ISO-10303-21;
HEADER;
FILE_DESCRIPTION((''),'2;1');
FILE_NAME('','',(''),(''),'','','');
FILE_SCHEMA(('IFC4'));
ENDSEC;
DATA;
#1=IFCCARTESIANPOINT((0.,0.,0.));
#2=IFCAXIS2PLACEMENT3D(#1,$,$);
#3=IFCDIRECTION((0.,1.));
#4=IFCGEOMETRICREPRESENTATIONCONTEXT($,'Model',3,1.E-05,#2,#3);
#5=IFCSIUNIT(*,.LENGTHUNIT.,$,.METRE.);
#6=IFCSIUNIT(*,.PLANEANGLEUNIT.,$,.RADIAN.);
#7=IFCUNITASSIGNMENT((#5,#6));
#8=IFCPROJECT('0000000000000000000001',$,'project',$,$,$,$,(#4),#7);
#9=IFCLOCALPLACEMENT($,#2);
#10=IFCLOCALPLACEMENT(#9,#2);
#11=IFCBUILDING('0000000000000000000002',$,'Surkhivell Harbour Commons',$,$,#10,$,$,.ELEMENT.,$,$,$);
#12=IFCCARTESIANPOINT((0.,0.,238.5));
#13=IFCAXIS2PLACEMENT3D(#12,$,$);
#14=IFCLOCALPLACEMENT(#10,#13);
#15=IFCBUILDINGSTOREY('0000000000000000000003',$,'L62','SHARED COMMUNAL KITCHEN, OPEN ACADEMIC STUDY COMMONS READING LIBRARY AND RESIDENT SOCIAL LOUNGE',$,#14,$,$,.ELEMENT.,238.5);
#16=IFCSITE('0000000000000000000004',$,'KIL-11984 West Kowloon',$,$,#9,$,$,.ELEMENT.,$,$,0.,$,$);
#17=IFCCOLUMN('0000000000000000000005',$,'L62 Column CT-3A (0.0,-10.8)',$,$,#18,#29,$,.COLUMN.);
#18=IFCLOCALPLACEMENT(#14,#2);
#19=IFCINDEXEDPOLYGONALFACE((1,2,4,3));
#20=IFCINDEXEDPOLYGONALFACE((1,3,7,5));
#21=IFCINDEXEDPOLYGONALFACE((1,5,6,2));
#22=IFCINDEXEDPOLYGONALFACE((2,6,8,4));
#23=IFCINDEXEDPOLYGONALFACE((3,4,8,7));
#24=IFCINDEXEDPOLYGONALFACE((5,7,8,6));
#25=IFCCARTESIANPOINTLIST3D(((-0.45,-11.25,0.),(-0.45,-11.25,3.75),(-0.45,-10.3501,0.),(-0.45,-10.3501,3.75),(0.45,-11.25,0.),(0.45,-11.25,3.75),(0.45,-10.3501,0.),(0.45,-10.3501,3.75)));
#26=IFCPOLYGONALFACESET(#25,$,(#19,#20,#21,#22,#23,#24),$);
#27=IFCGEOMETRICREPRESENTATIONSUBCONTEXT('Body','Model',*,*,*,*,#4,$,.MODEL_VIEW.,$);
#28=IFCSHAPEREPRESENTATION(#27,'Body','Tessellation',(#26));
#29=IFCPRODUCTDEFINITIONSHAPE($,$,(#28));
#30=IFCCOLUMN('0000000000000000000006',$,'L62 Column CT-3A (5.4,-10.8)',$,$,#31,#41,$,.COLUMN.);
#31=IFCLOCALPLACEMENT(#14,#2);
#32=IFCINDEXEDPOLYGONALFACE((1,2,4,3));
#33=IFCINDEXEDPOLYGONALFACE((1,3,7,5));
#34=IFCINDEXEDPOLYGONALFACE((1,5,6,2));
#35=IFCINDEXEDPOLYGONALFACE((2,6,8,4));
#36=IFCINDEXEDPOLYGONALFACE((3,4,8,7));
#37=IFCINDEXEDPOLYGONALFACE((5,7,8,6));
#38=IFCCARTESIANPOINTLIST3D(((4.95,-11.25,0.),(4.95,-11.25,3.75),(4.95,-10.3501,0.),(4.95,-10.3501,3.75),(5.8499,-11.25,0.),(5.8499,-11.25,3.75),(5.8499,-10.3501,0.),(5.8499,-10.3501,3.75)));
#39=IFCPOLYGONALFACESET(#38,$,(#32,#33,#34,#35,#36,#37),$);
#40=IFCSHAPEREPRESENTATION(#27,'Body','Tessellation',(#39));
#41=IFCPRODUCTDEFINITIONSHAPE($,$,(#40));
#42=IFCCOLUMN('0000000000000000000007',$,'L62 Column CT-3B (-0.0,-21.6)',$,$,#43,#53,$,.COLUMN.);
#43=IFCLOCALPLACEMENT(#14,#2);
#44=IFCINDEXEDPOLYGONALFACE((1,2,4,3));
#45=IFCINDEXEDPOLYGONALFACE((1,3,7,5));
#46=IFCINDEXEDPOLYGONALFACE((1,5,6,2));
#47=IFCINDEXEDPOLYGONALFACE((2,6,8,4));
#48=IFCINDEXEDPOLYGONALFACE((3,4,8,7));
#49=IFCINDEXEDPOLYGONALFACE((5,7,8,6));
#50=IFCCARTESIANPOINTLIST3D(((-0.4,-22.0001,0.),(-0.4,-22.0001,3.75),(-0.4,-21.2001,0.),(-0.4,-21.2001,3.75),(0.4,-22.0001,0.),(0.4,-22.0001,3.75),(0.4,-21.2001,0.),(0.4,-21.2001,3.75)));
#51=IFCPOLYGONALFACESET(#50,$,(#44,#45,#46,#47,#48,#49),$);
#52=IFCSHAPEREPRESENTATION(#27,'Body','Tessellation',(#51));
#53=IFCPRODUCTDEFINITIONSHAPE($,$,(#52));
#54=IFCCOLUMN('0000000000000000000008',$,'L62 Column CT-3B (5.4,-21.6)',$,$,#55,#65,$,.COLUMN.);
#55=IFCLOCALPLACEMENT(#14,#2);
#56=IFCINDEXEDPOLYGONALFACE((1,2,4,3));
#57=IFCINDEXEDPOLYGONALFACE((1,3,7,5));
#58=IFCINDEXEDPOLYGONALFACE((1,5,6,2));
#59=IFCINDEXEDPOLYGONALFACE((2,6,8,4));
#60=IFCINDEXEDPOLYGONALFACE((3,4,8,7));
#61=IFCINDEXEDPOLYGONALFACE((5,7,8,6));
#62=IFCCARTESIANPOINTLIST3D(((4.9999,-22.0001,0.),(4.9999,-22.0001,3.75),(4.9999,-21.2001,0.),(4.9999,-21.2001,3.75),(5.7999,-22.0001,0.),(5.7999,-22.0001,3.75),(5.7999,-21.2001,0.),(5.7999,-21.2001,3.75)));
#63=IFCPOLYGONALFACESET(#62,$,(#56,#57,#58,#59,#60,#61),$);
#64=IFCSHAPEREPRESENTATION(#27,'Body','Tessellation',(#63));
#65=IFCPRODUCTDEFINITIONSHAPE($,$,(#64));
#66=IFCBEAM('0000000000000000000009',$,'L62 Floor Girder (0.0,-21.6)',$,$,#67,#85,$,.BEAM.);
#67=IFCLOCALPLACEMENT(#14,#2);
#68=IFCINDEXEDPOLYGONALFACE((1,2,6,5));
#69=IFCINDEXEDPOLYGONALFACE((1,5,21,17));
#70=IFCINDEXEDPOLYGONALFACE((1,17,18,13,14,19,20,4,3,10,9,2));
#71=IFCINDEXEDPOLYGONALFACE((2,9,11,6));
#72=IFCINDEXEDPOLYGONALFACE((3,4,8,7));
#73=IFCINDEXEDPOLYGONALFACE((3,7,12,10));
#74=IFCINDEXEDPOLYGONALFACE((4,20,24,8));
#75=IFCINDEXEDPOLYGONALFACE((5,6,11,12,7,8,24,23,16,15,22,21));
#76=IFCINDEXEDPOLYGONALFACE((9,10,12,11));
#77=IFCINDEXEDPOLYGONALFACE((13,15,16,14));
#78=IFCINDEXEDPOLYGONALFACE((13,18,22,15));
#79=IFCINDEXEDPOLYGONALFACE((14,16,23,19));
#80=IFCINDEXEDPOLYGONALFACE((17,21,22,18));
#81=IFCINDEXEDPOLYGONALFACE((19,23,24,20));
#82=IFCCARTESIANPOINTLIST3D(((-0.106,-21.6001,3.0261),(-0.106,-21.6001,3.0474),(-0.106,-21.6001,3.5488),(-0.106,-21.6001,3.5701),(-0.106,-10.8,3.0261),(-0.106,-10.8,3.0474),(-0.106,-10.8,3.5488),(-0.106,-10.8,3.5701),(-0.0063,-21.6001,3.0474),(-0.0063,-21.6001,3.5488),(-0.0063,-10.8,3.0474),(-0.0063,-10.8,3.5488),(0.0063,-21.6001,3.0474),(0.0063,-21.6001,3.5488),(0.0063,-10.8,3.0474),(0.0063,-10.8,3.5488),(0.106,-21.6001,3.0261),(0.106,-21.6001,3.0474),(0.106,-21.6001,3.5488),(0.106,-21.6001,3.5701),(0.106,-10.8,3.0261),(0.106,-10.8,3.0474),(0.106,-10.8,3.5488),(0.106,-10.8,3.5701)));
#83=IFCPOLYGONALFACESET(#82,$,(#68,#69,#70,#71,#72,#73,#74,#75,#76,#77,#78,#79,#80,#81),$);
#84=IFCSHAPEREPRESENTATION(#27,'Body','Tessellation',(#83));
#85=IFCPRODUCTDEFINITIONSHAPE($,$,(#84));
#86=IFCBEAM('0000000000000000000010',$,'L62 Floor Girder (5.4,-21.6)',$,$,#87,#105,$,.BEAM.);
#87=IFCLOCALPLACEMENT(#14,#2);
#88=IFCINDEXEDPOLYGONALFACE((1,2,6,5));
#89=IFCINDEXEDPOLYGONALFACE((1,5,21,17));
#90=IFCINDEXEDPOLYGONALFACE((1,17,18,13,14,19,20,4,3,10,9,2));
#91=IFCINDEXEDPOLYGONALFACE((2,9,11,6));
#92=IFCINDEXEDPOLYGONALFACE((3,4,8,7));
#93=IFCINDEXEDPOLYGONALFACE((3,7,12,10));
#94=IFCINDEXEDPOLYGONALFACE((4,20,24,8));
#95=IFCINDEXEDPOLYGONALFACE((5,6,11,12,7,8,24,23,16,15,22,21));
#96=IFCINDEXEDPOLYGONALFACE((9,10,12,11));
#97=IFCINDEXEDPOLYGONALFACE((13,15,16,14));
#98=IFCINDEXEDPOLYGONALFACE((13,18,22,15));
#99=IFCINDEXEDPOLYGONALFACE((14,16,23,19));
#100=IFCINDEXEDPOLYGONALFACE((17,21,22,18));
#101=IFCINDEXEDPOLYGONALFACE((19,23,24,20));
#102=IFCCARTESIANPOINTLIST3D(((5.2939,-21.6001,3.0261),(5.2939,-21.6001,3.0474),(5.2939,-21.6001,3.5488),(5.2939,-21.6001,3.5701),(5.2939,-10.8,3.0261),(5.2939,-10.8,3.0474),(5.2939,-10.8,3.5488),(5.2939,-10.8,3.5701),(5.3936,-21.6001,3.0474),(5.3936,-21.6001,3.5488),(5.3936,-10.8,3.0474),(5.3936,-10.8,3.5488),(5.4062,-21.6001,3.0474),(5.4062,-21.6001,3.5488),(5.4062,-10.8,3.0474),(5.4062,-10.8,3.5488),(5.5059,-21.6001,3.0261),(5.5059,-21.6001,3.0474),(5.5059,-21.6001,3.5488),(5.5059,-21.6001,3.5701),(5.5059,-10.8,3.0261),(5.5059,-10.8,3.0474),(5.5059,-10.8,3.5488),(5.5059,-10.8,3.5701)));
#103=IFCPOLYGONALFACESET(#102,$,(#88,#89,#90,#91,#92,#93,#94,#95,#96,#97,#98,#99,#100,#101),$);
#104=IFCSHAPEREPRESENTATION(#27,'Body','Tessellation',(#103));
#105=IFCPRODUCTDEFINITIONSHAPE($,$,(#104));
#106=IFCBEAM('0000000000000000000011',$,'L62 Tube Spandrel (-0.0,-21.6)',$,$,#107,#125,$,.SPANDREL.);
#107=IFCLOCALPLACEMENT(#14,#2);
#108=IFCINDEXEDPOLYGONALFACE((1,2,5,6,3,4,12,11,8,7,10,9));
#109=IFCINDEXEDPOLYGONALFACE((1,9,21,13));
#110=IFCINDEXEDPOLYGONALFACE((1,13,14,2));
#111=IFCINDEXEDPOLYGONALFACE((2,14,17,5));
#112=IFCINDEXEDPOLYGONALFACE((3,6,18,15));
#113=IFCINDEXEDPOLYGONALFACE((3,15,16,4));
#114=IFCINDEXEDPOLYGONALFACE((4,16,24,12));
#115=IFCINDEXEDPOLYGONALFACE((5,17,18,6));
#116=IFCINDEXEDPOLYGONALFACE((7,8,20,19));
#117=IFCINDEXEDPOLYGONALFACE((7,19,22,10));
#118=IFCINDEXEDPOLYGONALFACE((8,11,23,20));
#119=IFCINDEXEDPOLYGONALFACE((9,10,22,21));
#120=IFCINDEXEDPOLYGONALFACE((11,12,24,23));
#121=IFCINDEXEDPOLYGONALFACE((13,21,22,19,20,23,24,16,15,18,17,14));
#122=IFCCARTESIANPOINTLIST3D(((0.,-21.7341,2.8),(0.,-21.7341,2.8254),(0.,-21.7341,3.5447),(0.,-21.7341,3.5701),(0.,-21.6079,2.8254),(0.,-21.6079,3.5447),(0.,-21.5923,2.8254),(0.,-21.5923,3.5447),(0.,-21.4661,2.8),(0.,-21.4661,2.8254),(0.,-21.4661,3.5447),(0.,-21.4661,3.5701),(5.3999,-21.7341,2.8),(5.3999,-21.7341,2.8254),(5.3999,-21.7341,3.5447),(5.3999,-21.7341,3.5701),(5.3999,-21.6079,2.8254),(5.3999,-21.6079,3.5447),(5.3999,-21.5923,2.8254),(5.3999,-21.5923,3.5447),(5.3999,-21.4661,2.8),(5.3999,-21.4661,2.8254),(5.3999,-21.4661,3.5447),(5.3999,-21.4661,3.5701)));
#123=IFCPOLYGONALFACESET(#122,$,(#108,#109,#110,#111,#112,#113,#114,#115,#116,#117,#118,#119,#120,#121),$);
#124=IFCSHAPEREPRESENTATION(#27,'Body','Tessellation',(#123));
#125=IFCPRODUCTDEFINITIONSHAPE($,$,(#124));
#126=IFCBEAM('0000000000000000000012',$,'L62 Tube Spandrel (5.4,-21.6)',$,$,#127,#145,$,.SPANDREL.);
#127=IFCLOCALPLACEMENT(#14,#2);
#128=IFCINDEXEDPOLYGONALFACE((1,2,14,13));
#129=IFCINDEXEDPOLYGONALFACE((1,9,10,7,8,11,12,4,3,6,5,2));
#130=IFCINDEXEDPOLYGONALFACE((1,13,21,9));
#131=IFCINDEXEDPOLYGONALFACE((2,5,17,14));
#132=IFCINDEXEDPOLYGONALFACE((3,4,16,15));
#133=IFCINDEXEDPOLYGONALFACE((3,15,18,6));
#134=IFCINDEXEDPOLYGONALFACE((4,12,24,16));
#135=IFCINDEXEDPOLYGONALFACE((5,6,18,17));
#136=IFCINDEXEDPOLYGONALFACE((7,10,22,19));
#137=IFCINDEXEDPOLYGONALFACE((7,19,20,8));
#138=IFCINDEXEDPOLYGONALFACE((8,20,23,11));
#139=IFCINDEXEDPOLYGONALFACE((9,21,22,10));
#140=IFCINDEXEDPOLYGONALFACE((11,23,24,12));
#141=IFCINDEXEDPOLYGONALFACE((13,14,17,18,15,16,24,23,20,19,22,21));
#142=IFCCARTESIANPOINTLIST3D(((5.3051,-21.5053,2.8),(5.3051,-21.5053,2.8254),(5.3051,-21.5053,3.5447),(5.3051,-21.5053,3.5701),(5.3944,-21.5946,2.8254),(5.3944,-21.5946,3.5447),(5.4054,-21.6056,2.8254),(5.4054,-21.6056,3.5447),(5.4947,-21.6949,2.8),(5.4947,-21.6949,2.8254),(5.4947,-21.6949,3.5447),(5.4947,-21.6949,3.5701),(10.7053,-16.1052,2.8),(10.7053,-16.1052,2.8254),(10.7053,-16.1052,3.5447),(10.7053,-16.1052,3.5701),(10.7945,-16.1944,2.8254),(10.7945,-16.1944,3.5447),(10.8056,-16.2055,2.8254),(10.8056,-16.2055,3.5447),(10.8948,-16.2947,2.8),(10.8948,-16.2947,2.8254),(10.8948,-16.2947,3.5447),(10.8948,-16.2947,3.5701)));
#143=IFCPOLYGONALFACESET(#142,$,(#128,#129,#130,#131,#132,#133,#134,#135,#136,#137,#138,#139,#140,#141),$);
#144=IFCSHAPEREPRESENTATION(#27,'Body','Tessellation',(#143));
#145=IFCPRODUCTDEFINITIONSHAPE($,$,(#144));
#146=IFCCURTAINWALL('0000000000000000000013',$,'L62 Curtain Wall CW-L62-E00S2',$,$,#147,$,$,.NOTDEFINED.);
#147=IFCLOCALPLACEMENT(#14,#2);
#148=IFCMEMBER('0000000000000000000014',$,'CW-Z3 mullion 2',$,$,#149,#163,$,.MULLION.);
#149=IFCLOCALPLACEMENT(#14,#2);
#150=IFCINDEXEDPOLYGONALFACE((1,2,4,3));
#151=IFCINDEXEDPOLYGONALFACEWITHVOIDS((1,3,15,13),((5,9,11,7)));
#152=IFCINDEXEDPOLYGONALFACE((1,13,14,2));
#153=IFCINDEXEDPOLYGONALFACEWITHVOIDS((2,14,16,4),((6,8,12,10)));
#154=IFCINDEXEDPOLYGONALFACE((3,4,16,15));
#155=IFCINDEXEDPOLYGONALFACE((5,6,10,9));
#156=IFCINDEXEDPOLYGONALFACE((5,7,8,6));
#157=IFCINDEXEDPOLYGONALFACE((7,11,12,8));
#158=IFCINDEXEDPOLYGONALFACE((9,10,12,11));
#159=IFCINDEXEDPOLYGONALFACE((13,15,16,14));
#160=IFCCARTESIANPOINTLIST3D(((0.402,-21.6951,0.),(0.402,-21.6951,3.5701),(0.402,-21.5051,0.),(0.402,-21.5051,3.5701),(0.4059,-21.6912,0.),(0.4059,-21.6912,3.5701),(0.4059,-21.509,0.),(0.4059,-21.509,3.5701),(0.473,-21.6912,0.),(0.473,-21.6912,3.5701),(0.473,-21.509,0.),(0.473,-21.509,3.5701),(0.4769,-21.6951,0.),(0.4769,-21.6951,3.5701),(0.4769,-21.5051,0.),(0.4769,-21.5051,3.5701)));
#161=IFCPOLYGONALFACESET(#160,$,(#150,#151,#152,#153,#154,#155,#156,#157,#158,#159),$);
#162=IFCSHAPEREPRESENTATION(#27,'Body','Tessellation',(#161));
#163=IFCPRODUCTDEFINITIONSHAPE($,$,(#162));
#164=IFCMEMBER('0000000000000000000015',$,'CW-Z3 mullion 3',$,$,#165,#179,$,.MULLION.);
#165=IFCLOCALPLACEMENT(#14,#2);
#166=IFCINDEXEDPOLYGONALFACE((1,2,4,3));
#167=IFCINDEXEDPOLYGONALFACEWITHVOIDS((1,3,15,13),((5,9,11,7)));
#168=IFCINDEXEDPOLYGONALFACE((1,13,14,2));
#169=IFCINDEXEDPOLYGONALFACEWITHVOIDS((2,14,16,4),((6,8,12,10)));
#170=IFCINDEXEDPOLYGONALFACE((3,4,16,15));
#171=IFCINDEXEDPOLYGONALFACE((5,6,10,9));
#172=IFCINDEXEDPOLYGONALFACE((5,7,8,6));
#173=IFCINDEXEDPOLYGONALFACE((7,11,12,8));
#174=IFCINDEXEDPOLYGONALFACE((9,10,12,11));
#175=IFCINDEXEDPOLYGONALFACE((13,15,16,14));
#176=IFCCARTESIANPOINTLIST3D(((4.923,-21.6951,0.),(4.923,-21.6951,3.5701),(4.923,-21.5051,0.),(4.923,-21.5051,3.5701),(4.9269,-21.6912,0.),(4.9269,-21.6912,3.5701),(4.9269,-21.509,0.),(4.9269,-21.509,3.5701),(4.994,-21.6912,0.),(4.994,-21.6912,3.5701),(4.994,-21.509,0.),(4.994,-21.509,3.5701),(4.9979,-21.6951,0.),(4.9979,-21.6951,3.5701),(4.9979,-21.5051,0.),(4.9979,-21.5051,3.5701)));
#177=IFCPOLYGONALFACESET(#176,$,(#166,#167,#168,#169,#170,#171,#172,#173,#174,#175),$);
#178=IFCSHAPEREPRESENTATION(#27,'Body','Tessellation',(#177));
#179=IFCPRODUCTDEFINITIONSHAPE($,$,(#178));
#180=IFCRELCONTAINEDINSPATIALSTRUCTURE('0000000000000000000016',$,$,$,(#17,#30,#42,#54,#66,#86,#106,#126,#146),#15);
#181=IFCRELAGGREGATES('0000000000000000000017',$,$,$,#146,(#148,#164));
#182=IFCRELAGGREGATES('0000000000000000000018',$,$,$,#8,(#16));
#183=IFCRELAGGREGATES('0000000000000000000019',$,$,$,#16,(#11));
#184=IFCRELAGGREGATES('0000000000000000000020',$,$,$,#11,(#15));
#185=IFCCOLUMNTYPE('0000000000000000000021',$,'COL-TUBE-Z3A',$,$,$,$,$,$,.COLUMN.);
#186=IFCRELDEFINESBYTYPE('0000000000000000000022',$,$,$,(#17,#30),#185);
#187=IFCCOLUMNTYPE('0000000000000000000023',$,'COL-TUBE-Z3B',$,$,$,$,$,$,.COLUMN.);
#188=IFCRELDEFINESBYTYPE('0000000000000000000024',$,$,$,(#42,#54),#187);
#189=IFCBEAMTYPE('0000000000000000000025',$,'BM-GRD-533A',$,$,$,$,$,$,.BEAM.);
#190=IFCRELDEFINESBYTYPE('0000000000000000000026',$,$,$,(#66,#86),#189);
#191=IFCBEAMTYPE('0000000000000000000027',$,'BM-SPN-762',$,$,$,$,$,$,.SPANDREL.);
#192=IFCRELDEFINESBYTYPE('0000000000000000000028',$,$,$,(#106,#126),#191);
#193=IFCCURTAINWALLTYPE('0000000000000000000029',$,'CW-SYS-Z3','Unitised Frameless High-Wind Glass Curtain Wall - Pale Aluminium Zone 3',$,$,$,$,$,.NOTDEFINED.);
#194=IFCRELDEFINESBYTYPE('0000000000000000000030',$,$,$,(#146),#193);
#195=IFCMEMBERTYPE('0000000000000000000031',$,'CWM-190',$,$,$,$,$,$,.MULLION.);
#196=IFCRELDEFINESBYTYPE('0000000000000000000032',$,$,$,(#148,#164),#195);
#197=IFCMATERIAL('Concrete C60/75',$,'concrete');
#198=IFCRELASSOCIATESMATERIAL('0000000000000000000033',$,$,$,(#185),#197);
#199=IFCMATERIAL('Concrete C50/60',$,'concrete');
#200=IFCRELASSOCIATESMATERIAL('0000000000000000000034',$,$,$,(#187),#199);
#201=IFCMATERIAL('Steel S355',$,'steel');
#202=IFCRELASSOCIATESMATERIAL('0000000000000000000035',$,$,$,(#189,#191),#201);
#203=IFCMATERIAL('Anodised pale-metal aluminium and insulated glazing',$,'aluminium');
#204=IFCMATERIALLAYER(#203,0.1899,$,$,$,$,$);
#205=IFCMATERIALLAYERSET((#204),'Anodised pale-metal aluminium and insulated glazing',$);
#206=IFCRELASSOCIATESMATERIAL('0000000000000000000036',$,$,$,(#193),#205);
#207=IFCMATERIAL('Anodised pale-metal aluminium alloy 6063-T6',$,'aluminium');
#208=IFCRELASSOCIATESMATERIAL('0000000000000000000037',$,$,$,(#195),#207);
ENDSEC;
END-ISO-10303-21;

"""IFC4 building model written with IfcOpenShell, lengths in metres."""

from ifc_helpers import new_model, si_unit, direction, frame, origin, origin_2d, place, context, subcontext, project, spatial, rectangle, hollow_rectangle, i_section, extrude, material, layer, layer_set, material_profile, profile_set, type_object, element, aggregate, save


model = new_model("IFC4")

# Units and contexts
model_context = context("Model", 3, precision=1e-05, world=origin(), true_north=direction((0.0, 1.0)))
body_context = subcontext(model_context, "Body", "Model", "MODEL_VIEW")
ifc_project = project(units=[si_unit("LENGTHUNIT", "METRE"), si_unit("PLANEANGLEUNIT", "RADIAN")], contexts=[model_context])

# Site, building, storey
site_placement = place(None, origin())
site = spatial("IfcSite", under=ifc_project, at=site_placement, Name="KIL-11984 West Kowloon", CompositionType="ELEMENT", RefElevation=0.0)
building_placement = place(site_placement, origin())
building = spatial("IfcBuilding", under=site, at=building_placement, Name="Surkhivell Harbour Commons", CompositionType="ELEMENT")
storey_placement = place(building_placement, frame((0.0, 0.0, 238.5)))
storey = spatial("IfcBuildingStorey", under=building, at=storey_placement, Name="L62", Description="SHARED COMMUNAL KITCHEN, OPEN ACADEMIC STUDY COMMONS READING LIBRARY AND RESIDENT SOCIAL LOUNGE", CompositionType="ELEMENT", Elevation=238.5)

# Columns
ifc_material_1 = material(Name="Concrete C60/75", Category="concrete")
ifc_material_profile_1 = material_profile(ifc_material_1, rectangle(XDim=0.8999, YDim=0.8999, at=origin_2d()), Name="RC-COL-900x900")
ifc_profile_set_1 = profile_set([ifc_material_profile_1], Name="Concrete C60/75")
column_type_1 = type_object("IfcColumnType", Name="COL-TUBE-Z3A", PredefinedType="COLUMN", material=ifc_profile_set_1)
for number, where, z_axis, x_axis, name in (
    (1, (0.0, -10.8, 0.0), (0.0, 0.0, 1.0), (1.0, 0.0, 0.0), "L62 Column CT-3A (0.0,-10.8)"),
    (2, (5.3999, -10.8, 0.0), (0.0, 0.0, 1.0), (1.0, 0.0, 0.0), "L62 Column CT-3A (5.4,-10.8)"),
):
    element("IfcColumn", number, at=place(storey_placement, frame(where, z_axis=z_axis, x_axis=x_axis)), inside=storey, type_object=column_type_1, Name=name, PredefinedType="COLUMN", context=body_context, shape_type="SweptSolid", body=[
        extrude(rectangle(XDim=0.8999, YDim=0.8999, at=origin_2d()), origin(), (0.0, 0.0, 1.0), 3.75),
    ])
ifc_material_2 = material(Name="Concrete C50/60", Category="concrete")
ifc_material_profile_2 = material_profile(ifc_material_2, rectangle(XDim=0.8, YDim=0.8, at=origin_2d()), Name="RC-COL-800x800")
ifc_profile_set_2 = profile_set([ifc_material_profile_2], Name="Concrete C50/60")
column_type_2 = type_object("IfcColumnType", Name="COL-TUBE-Z3B", PredefinedType="COLUMN", material=ifc_profile_set_2)
for number, where, z_axis, x_axis, name in (
    (3, (0.0, -21.6001, 0.0), (0.0, 0.0, 1.0), (1.0, 0.0, 0.0), "L62 Column CT-3B (-0.0,-21.6)"),
    (4, (5.3999, -21.6001, 0.0), (0.0, 0.0, 1.0), (1.0, 0.0, 0.0), "L62 Column CT-3B (5.4,-21.6)"),
):
    element("IfcColumn", number, at=place(storey_placement, frame(where, z_axis=z_axis, x_axis=x_axis)), inside=storey, type_object=column_type_2, Name=name, PredefinedType="COLUMN", context=body_context, shape_type="SweptSolid", body=[
        extrude(rectangle(XDim=0.8, YDim=0.8, at=origin_2d()), origin(), (0.0, 0.0, 1.0), 3.75),
    ])

# Beams
ifc_material_3 = material(Name="Steel S355", Category="steel")
ifc_material_profile_3 = material_profile(ifc_material_3, i_section(OverallWidth=0.2119, OverallDepth=0.5439, WebThickness=0.0127, FlangeThickness=0.0212, at=origin_2d()), Name="UB533x210x122")
ifc_profile_set_3 = profile_set([ifc_material_profile_3], Name="Steel S355")
beam_type_1 = type_object("IfcBeamType", Name="BM-GRD-533A", PredefinedType="BEAM", material=ifc_profile_set_3)
for number, where, z_axis, x_axis, name in (
    (5, (0.0, -21.6001, 3.2981), (0.0, 1.0, 0.0), (-1.0, 0.0, 0.0), "L62 Floor Girder (0.0,-21.6)"),
    (6, (5.3999, -21.6001, 3.2981), (0.0, 1.0, 0.0), (-1.0, 0.0, 0.0), "L62 Floor Girder (5.4,-21.6)"),
):
    element("IfcBeam", number, at=place(storey_placement, frame(where, z_axis=z_axis, x_axis=x_axis)), inside=storey, type_object=beam_type_1, Name=name, PredefinedType="BEAM", context=body_context, shape_type="SweptSolid", body=[
        extrude(i_section(OverallWidth=0.2119, OverallDepth=0.5439, WebThickness=0.0127, FlangeThickness=0.0212, at=origin_2d()), origin(), (0.0, 0.0, 1.0), 10.8),
    ])
ifc_material_profile_4 = material_profile(ifc_material_3, i_section(OverallWidth=0.2681, OverallDepth=0.77, WebThickness=0.0156, FlangeThickness=0.0254, at=origin_2d()), Name="UB762x267x197")
ifc_profile_set_4 = profile_set([ifc_material_profile_4], Name="Steel S355")
beam_type_2 = type_object("IfcBeamType", Name="BM-SPN-762", PredefinedType="SPANDREL", material=ifc_profile_set_4)
beam_1_placement = place(storey_placement, frame((0.0, -21.6001, 3.1851), z_axis=(1.0, 0.0, 0.0), x_axis=(0.0, 1.0, 0.0)))
element("IfcBeam", 7, at=beam_1_placement, inside=storey, type_object=beam_type_2, Name="L62 Tube Spandrel (-0.0,-21.6)", PredefinedType="SPANDREL", context=body_context, shape_type="SweptSolid", body=[
    extrude(i_section(OverallWidth=0.2681, OverallDepth=0.77, WebThickness=0.0156, FlangeThickness=0.0254, at=origin_2d()), origin(), (0.0, 0.0, 1.0), 5.3999),
])
beam_2_placement = place(storey_placement, frame((5.3999, -21.6001, 3.1851), z_axis=(0.707107, 0.707107, 0.0), x_axis=(-0.707107, 0.707107, 0.0)))
element("IfcBeam", 8, at=beam_2_placement, inside=storey, type_object=beam_type_2, Name="L62 Tube Spandrel (5.4,-21.6)", PredefinedType="SPANDREL", context=body_context, shape_type="SweptSolid", body=[
    extrude(i_section(OverallWidth=0.2681, OverallDepth=0.77, WebThickness=0.0156, FlangeThickness=0.0254, at=origin_2d()), origin(), (0.0, 0.0, 1.0), 7.637),
])

# Curtain wall, members
ifc_material_4 = material(Name="Anodised pale-metal aluminium and insulated glazing", Category="aluminium")
ifc_layer_1 = layer(ifc_material_4, 0.1899)
ifc_layer_set_1 = layer_set([ifc_layer_1], Name="Anodised pale-metal aluminium and insulated glazing")
curtain_wall_type = type_object("IfcCurtainWallType", Name="CW-SYS-Z3", Description="Unitised Frameless High-Wind Glass Curtain Wall - Pale Aluminium Zone 3", PredefinedType="NOTDEFINED", material=ifc_layer_set_1)
curtain_wall_placement = place(storey_placement, origin())
curtain_wall = element("IfcCurtainWall", 9, at=curtain_wall_placement, inside=storey, type_object=curtain_wall_type, Name="L62 Curtain Wall CW-L62-E00S2", PredefinedType="NOTDEFINED")
ifc_material_5 = material(Name="Anodised pale-metal aluminium alloy 6063-T6", Category="aluminium")
ifc_material_profile_5 = material_profile(ifc_material_5, hollow_rectangle(XDim=0.075, YDim=0.1899, WallThickness=0.0039, at=origin_2d()), Name="ALU-MULL-75x190")
ifc_profile_set_5 = profile_set([ifc_material_profile_5], Name="Anodised pale-metal aluminium alloy 6063-T6")
member_type_1 = type_object("IfcMemberType", Name="CWM-190", PredefinedType="MULLION", material=ifc_profile_set_5)
member_1_placement = place(storey_placement, frame((0.4395, -21.6001, 0.0), z_axis=(0.0, 0.0, 1.0), x_axis=(1.0, 0.0, 0.0)))
member_1 = element("IfcMember", 10, at=member_1_placement, type_object=member_type_1, Name="CW-Z3 mullion 2", PredefinedType="MULLION", context=body_context, shape_type="SweptSolid", body=[
    extrude(hollow_rectangle(XDim=0.075, YDim=0.1899, WallThickness=0.0039, at=origin_2d()), origin(), (0.0, 0.0, 1.0), 3.5701),
])
member_2_placement = place(storey_placement, frame((4.9604, -21.6001, 0.0), z_axis=(0.0, 0.0, 1.0), x_axis=(1.0, 0.0, 0.0)))
member_2 = element("IfcMember", 11, at=member_2_placement, type_object=member_type_1, Name="CW-Z3 mullion 3", PredefinedType="MULLION", context=body_context, shape_type="SweptSolid", body=[
    extrude(hollow_rectangle(XDim=0.075, YDim=0.1899, WallThickness=0.0039, at=origin_2d()), origin(), (0.0, 0.0, 1.0), 3.5701),
])
aggregate(curtain_wall, [member_1, member_2])

save(model, "model.ifc")
